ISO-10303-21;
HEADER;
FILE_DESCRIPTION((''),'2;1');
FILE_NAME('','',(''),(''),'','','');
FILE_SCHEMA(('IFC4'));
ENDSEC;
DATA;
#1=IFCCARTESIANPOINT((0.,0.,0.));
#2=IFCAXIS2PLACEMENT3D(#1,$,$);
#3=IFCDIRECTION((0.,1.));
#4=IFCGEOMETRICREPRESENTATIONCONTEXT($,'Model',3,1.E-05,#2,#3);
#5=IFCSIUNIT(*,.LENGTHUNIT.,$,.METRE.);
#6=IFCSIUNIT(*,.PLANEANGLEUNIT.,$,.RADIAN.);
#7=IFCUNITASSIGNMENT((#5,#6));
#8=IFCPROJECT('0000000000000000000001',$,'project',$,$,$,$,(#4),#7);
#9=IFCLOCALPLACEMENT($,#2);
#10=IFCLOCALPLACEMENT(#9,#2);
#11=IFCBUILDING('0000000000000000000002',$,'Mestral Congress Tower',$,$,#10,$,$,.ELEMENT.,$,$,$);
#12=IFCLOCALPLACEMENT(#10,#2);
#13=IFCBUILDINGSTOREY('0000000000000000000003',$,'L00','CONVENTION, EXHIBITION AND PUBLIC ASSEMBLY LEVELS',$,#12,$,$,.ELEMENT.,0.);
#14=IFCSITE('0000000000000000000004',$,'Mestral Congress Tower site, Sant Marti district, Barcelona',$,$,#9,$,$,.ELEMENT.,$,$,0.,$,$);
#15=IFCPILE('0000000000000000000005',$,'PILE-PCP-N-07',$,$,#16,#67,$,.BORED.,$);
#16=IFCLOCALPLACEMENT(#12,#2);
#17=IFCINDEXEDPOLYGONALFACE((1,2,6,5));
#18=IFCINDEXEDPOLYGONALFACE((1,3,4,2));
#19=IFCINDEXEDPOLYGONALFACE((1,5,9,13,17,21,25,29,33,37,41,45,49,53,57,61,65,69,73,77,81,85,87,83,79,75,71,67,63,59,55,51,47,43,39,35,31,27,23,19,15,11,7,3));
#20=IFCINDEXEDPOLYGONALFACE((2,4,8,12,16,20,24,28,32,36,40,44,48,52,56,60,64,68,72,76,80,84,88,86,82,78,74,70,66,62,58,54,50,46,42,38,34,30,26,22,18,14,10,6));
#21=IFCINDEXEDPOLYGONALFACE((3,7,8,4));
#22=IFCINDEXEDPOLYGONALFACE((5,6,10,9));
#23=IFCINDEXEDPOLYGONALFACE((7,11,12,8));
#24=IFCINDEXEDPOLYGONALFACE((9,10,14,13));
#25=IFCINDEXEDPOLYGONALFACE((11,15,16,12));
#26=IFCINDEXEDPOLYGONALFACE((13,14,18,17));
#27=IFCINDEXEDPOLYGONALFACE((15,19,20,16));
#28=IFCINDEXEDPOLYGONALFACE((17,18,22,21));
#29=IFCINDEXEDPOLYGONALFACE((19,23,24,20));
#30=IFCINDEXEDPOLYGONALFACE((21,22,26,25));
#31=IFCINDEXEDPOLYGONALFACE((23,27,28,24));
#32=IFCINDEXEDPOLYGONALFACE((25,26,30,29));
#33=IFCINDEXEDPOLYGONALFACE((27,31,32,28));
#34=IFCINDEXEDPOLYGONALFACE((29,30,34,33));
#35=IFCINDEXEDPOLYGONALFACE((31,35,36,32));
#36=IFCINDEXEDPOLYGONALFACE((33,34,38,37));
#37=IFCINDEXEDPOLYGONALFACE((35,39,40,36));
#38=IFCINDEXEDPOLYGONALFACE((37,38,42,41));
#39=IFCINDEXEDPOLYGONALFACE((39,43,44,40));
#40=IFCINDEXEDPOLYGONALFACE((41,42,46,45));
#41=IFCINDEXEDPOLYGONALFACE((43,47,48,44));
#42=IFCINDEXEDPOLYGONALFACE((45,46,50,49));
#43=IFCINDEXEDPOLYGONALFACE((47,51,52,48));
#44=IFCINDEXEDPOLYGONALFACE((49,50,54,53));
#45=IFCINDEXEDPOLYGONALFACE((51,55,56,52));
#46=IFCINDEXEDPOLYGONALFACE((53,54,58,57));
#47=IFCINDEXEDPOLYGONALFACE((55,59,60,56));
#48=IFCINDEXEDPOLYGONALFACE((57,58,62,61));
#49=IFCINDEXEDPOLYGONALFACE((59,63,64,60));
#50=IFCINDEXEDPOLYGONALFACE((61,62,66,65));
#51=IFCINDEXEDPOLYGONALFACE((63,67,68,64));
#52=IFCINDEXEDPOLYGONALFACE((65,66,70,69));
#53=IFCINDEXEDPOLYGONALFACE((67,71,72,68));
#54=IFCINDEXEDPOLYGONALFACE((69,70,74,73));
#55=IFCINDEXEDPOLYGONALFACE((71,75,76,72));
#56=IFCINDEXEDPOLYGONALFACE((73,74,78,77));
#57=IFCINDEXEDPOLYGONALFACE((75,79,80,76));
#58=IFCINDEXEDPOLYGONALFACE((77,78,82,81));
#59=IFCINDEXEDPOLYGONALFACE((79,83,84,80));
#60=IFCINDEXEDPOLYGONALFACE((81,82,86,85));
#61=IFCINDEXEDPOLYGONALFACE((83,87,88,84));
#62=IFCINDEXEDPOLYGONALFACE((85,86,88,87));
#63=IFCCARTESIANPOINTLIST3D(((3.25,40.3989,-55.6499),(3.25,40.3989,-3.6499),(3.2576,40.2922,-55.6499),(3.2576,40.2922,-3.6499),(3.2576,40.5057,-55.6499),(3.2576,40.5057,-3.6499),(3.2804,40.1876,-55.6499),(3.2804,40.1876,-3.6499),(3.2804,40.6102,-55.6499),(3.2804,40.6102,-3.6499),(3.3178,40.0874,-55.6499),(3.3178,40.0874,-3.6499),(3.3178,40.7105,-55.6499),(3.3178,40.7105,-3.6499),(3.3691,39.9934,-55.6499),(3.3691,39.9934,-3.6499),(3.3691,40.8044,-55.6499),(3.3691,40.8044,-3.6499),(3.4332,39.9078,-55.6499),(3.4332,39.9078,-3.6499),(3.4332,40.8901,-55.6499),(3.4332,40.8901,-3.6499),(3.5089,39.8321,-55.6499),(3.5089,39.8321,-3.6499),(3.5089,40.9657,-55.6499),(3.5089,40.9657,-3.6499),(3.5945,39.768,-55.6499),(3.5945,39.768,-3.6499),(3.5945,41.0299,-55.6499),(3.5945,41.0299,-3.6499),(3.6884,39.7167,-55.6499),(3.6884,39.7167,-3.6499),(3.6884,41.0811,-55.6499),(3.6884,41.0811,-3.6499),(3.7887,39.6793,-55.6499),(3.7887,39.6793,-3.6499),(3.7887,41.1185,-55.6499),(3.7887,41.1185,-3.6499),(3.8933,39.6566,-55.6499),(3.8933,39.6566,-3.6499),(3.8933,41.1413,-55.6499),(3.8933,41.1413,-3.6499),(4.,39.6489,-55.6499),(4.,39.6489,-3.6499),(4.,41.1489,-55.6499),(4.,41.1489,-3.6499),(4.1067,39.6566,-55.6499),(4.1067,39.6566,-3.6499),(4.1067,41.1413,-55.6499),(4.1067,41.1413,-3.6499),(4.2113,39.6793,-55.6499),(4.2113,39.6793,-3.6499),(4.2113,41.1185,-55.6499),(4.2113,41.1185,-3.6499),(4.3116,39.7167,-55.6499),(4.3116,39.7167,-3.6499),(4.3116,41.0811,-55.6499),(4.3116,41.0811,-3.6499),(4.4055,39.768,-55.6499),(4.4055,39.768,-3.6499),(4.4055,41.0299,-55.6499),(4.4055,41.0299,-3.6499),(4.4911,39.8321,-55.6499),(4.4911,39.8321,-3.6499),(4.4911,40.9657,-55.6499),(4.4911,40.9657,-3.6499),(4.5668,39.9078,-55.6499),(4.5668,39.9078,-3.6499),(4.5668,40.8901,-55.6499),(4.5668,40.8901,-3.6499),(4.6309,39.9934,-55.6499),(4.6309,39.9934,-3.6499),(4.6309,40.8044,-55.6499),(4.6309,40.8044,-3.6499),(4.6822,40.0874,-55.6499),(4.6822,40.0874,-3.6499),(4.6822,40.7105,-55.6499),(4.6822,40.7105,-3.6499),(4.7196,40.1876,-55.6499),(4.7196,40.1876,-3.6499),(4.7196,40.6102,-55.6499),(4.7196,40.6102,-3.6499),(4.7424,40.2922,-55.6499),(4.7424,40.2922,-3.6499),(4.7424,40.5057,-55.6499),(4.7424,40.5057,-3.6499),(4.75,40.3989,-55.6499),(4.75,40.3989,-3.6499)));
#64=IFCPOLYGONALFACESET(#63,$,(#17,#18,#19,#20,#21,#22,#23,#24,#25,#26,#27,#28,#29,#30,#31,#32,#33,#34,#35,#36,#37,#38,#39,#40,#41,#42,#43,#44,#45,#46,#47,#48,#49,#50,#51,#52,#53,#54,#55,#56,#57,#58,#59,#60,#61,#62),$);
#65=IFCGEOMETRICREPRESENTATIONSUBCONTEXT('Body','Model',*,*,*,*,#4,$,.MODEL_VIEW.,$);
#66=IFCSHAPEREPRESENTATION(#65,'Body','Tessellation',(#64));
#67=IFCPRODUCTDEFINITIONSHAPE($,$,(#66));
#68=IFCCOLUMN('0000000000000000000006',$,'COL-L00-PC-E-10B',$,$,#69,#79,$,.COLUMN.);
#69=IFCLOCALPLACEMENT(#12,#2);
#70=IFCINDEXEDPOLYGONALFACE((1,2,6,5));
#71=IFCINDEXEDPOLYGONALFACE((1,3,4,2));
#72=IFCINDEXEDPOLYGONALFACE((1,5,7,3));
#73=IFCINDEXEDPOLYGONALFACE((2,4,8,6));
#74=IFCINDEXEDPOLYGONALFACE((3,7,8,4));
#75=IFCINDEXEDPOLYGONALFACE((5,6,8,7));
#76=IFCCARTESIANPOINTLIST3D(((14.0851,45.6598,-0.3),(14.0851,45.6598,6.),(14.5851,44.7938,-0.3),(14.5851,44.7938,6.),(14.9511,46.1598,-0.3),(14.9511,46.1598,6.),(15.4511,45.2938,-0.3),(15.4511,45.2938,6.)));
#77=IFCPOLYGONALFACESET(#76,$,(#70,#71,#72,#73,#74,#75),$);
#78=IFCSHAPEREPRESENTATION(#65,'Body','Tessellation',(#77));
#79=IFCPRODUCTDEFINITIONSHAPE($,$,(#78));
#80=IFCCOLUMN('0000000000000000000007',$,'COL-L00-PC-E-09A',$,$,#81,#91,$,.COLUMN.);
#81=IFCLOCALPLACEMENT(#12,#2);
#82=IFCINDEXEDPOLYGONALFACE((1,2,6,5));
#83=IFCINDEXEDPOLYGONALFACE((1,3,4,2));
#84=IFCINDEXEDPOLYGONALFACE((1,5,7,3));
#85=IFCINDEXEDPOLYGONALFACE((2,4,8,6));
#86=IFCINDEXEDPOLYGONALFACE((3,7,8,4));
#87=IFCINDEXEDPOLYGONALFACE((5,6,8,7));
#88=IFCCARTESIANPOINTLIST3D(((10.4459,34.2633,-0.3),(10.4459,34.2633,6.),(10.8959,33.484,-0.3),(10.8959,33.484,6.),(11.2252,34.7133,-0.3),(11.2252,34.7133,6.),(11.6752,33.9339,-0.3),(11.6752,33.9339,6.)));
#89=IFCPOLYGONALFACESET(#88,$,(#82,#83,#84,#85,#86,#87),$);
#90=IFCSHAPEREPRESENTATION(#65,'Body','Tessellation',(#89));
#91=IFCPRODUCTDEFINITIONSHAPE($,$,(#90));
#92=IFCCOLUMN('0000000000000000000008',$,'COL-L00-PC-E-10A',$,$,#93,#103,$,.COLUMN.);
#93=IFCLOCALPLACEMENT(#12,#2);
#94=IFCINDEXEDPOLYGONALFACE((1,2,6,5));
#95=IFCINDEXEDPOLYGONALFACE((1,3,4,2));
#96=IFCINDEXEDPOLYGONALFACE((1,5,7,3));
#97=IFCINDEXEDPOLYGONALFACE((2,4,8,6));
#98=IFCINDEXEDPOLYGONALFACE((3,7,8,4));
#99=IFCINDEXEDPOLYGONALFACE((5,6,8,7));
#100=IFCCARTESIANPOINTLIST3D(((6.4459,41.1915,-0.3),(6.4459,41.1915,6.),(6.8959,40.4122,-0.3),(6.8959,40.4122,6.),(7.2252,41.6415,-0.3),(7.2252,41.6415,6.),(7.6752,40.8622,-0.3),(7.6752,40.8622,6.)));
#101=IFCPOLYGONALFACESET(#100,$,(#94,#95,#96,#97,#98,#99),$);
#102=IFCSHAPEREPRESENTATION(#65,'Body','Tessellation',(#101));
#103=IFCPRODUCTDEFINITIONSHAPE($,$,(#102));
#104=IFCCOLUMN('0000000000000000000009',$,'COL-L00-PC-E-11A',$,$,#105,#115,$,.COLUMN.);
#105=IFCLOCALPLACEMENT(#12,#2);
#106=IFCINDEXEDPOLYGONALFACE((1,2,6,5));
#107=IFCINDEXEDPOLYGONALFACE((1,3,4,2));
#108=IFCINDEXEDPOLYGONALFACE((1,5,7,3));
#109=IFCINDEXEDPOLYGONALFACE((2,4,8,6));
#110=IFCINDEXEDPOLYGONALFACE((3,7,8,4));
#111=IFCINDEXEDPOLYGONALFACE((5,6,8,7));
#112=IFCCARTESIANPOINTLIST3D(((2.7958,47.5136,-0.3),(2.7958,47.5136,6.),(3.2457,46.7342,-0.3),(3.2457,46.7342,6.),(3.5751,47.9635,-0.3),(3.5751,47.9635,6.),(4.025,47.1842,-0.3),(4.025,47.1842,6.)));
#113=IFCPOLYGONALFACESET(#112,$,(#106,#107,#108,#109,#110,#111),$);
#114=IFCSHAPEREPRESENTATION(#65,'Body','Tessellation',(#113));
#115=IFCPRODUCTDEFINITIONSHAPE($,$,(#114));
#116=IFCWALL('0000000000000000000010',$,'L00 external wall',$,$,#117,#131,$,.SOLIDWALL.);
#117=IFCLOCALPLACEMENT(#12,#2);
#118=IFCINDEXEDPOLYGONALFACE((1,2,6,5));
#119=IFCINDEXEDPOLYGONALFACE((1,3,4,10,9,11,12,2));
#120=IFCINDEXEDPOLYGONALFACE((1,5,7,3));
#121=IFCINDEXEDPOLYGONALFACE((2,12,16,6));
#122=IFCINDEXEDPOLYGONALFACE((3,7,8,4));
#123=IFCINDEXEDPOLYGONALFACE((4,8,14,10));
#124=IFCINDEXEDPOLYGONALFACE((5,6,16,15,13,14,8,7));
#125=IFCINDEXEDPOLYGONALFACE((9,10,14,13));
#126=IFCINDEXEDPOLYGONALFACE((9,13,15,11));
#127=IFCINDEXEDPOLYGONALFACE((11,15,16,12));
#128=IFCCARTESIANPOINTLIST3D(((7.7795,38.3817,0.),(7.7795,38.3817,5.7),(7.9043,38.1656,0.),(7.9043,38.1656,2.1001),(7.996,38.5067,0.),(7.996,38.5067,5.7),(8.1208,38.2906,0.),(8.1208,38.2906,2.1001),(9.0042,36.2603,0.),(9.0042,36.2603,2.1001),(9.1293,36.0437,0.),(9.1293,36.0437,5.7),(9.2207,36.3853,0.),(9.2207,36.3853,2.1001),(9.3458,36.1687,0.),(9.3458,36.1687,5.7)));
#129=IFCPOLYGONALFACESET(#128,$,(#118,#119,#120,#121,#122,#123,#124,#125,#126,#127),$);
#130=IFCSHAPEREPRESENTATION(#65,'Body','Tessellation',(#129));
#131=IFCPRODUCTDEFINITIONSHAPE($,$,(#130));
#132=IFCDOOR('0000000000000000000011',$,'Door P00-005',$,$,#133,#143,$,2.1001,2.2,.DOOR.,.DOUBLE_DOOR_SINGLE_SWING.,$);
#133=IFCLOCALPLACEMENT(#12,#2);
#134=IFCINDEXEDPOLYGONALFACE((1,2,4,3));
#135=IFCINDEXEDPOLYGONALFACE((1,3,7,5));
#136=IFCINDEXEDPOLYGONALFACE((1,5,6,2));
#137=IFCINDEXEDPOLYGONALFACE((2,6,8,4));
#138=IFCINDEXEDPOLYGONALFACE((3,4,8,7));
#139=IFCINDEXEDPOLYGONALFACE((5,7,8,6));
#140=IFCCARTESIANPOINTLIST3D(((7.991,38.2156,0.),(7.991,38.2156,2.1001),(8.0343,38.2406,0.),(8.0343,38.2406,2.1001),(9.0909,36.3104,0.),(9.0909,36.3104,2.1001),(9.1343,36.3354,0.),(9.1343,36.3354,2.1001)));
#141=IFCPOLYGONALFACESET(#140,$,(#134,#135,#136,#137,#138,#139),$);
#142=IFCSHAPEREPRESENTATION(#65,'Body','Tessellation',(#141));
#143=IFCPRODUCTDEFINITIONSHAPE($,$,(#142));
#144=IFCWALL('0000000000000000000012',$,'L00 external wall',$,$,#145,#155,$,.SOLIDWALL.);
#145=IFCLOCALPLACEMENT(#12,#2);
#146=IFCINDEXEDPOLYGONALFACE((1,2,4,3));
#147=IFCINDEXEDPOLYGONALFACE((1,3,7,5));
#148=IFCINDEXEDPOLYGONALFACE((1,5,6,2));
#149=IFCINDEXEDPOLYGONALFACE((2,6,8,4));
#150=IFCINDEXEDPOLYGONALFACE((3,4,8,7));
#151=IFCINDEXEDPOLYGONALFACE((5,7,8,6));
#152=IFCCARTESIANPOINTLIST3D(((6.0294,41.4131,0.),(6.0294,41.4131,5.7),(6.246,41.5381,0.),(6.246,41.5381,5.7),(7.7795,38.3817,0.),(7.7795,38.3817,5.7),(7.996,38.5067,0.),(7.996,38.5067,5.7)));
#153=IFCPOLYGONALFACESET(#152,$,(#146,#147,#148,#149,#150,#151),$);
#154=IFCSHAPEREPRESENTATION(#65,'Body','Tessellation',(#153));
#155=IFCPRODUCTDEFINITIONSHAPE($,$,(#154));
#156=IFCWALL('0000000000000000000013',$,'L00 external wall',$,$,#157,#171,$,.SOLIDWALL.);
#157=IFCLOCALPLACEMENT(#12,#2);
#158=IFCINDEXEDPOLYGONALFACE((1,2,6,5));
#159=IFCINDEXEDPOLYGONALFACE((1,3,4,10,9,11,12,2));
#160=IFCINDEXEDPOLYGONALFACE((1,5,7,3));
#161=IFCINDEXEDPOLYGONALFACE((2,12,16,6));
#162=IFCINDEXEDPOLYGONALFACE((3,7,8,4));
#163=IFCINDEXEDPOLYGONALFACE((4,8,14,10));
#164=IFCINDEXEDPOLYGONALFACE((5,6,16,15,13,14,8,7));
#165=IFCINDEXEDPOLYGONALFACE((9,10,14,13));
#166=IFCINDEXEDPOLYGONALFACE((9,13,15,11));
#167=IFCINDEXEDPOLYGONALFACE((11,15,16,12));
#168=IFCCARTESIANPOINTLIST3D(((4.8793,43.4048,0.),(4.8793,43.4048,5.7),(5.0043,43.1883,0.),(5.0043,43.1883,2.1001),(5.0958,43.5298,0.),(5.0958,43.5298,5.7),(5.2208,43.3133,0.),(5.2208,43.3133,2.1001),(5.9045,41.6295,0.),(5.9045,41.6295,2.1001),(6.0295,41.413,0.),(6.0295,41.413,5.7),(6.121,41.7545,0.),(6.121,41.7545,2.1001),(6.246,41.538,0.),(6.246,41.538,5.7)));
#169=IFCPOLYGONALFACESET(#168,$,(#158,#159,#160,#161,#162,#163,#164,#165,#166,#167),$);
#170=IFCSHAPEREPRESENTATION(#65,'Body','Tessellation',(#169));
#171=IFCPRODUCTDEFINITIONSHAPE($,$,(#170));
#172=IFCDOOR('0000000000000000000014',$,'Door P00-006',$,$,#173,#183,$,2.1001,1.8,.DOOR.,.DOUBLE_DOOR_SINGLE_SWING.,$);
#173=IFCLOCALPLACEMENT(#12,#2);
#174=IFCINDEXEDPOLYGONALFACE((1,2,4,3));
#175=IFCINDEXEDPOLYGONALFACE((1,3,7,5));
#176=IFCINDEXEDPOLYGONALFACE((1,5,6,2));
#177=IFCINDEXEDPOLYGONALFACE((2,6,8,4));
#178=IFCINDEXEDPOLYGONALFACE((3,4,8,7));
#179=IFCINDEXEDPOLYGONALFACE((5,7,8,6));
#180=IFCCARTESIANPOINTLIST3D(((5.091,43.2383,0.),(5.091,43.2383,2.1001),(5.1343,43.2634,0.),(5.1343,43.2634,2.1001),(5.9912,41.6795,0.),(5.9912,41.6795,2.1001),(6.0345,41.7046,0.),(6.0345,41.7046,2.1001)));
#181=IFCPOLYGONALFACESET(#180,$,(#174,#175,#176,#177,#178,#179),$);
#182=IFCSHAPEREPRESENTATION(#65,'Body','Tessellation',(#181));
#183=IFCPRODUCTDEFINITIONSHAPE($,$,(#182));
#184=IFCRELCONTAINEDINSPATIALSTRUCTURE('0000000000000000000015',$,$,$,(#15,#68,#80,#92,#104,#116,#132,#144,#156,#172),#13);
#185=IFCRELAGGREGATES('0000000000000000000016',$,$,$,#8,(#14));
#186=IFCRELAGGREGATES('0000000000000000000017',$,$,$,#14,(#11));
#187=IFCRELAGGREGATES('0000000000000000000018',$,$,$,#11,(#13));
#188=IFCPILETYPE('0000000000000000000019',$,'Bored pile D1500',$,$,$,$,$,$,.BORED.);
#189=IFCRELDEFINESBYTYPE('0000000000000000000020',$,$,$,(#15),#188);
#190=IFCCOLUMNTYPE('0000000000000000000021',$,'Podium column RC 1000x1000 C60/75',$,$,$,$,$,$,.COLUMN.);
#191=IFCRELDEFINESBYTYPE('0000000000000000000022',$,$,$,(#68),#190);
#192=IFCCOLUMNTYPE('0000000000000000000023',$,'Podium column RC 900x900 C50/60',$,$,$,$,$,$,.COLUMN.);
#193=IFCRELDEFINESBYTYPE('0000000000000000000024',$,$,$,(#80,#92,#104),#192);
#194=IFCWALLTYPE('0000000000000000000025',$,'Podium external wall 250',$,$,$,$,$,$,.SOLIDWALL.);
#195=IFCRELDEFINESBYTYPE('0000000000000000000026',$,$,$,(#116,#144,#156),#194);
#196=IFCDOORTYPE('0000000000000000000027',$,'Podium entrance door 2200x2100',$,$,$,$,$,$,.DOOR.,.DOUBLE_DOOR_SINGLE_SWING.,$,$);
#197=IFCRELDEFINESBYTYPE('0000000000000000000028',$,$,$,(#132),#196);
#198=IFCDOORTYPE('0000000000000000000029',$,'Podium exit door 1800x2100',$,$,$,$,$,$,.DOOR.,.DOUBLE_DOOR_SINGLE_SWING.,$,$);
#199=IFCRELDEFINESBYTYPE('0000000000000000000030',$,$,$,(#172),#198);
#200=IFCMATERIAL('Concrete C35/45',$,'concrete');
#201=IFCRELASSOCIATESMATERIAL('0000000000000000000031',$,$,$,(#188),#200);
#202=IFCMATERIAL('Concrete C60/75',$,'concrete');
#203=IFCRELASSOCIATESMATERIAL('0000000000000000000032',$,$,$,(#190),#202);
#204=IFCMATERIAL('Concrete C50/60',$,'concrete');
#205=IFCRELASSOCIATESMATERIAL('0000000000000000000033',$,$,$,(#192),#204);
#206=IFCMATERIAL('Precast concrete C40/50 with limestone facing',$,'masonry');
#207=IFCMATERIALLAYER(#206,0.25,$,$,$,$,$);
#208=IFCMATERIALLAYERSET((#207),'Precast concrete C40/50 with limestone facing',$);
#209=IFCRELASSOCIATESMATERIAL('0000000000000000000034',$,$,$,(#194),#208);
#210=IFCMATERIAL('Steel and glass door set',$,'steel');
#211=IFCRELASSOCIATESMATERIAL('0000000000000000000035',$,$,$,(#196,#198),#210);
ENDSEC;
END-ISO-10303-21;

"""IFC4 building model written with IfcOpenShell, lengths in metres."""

from ifc_helpers import new_model, si_unit, direction, frame, frame_2d, origin, origin_2d, place, context, subcontext, project, spatial, rectangle, circle, extrude, material, layer, layer_set, material_profile, profile_set, type_object, element, fill, save


model = new_model("IFC4")

# Units and contexts
model_context = context("Model", 3, precision=1e-05, world=origin(), true_north=direction((0.0, 1.0)))
body_context = subcontext(model_context, "Body", "Model", "MODEL_VIEW")
ifc_project = project(units=[si_unit("LENGTHUNIT", "METRE"), si_unit("PLANEANGLEUNIT", "RADIAN")], contexts=[model_context])

# Site, building, storey
site_placement = place(None, origin())
site = spatial("IfcSite", under=ifc_project, at=site_placement, Name="Mestral Congress Tower site, Sant Marti district, Barcelona", CompositionType="ELEMENT", RefElevation=0.0)
building_placement = place(site_placement, origin())
building = spatial("IfcBuilding", under=site, at=building_placement, Name="Mestral Congress Tower", CompositionType="ELEMENT")
storey_placement = place(building_placement, origin())
storey = spatial("IfcBuildingStorey", under=building, at=storey_placement, Name="L00", Description="CONVENTION, EXHIBITION AND PUBLIC ASSEMBLY LEVELS", CompositionType="ELEMENT", Elevation=0.0)

# Pile
ifc_material_1 = material(Name="Concrete C35/45", Category="concrete")
ifc_material_profile_1 = material_profile(ifc_material_1, circle(Radius=0.75, at=origin_2d()), Name="D1500")
ifc_profile_set_1 = profile_set([ifc_material_profile_1], Name="Concrete C35/45")
pile_type_1 = type_object("IfcPileType", Name="Bored pile D1500", PredefinedType="BORED", material=ifc_profile_set_1)
for number, where, z_axis, x_axis, name in (
    (1, (4.0, 40.3989, -3.6499), (0.0, 0.0, -1.0), (1.0, 0.0, 0.0), "PILE-PCP-N-07"),
):
    element("IfcPile", number, at=place(storey_placement, frame(where, z_axis=z_axis, x_axis=x_axis)), inside=storey, type_object=pile_type_1, Name=name, PredefinedType="BORED", context=body_context, shape_type="SweptSolid", body=[
        extrude(circle(Radius=0.75, at=origin_2d()), origin(), (0.0, 0.0, 1.0), 52.0),
    ])

# Columns
ifc_material_2 = material(Name="Concrete C60/75", Category="concrete")
ifc_material_profile_2 = material_profile(ifc_material_2, rectangle(XDim=1.0, YDim=1.0, at=origin_2d()), Name="RC 1000x1000")
ifc_profile_set_2 = profile_set([ifc_material_profile_2], Name="Concrete C60/75")
column_type_1 = type_object("IfcColumnType", Name="Podium column RC 1000x1000 C60/75", PredefinedType="COLUMN", material=ifc_profile_set_2)
column_placement = place(storey_placement, frame((14.7681, 45.4768, -0.3), z_axis=(0.0, 0.0, 1.0), x_axis=(-0.5, 0.866025, 0.0)))
element("IfcColumn", 2, at=column_placement, inside=storey, type_object=column_type_1, Name="COL-L00-PC-E-10B", PredefinedType="COLUMN", context=body_context, shape_type="SweptSolid", body=[
    extrude(rectangle(XDim=1.0, YDim=1.0, at=origin_2d()), origin(), (0.0, 0.0, 1.0), 6.3),
])
ifc_material_3 = material(Name="Concrete C50/60", Category="concrete")
ifc_material_profile_3 = material_profile(ifc_material_3, rectangle(XDim=0.8999, YDim=0.8999, at=origin_2d()), Name="RC 900x900")
ifc_profile_set_3 = profile_set([ifc_material_profile_3], Name="Concrete C50/60")
column_type_2 = type_object("IfcColumnType", Name="Podium column RC 900x900 C50/60", PredefinedType="COLUMN", material=ifc_profile_set_3)
for number, where, z_axis, x_axis, name in (
    (3, (11.0605, 34.0986, -0.3), (0.0, 0.0, 1.0), (-0.5, 0.866025, 0.0), "COL-L00-PC-E-09A"),
    (4, (7.0605, 41.0269, -0.3), (0.0, 0.0, 1.0), (-0.5, 0.866025, 0.0), "COL-L00-PC-E-10A"),
    (5, (3.4104, 47.3489, -0.3), (0.0, 0.0, 1.0), (-0.5, 0.866025, 0.0), "COL-L00-PC-E-11A"),
):
    element("IfcColumn", number, at=place(storey_placement, frame(where, z_axis=z_axis, x_axis=x_axis)), inside=storey, type_object=column_type_2, Name=name, PredefinedType="COLUMN", context=body_context, shape_type="SweptSolid", body=[
        extrude(rectangle(XDim=0.8999, YDim=0.8999, at=origin_2d()), origin(), (0.0, 0.0, 1.0), 6.3),
    ])

# Wall, opening, door
ifc_material_4 = material(Name="Precast concrete C40/50 with limestone facing", Category="masonry")
ifc_layer_1 = layer(ifc_material_4, 0.25)
ifc_layer_set_1 = layer_set([ifc_layer_1], Name="Precast concrete C40/50 with limestone facing")
wall_type_1 = type_object("IfcWallType", Name="Podium external wall 250", PredefinedType="SOLIDWALL", material=ifc_layer_set_1)
wall_1_placement = place(storey_placement, frame((9.2375, 36.1062, 0.0), z_axis=(0.0, 0.0, 1.0), x_axis=(-0.499981, 0.866037, 0.0)))
wall_1 = element("IfcWall", 6, at=wall_1_placement, inside=storey, type_object=wall_type_1, Name="L00 external wall", PredefinedType="SOLIDWALL", context=body_context, shape_type="SweptSolid", body=[
    extrude(rectangle(XDim=2.6997, YDim=0.25, at=frame_2d((1.3499, 0.0))), origin(), (0.0, 0.0, 1.0), 5.7),
])
opening_1_placement = place(wall_1_placement, frame((0.25, 0.0, 0.0)))
opening_1 = element("IfcOpeningElement", 7, at=opening_1_placement, cuts=wall_1, PredefinedType="OPENING", context=body_context, shape_type="SweptSolid", body=[
    extrude(rectangle(XDim=2.2, YDim=2.1001, at=frame_2d((1.1001, 1.05))), frame((0.0, 0.135, 0.0), z_axis=(0.0, -1.0, 0.0), x_axis=(1.0, 0.0, 0.0)), (0.0, 0.0, 1.0), 0.27),
])
ifc_material_5 = material(Name="Steel and glass door set", Category="steel")
door_type_1 = type_object("IfcDoorType", Name="Podium entrance door 2200x2100", OperationType="DOUBLE_DOOR_SINGLE_SWING", PredefinedType="DOOR", material=ifc_material_5)
door_1_placement = place(opening_1_placement, origin())
door_1 = element("IfcDoor", 8, at=door_1_placement, inside=storey, type_object=door_type_1, Name="Door P00-005", OperationType="DOUBLE_DOOR_SINGLE_SWING", OverallHeight=2.1001, OverallWidth=2.2, PredefinedType="DOOR", context=body_context, shape_type="SweptSolid", body=[
    extrude(rectangle(XDim=2.2, YDim=2.1001, at=frame_2d((1.1001, 1.05))), frame((0.0, 0.0249, 0.0), z_axis=(0.0, -1.0, 0.0), x_axis=(1.0, 0.0, 0.0)), (0.0, 0.0, 1.0), 0.05),
])
fill(opening_1, door_1)

# Wall
wall_2_placement = place(storey_placement, frame((7.8877, 38.4443, 0.0), z_axis=(0.0, 0.0, 1.0), x_axis=(-0.49998, 0.866037, 0.0)))
element("IfcWall", 9, at=wall_2_placement, inside=storey, type_object=wall_type_1, Name="L00 external wall", PredefinedType="SOLIDWALL", context=body_context, shape_type="SweptSolid", body=[
    extrude(rectangle(XDim=3.5002, YDim=0.25, at=frame_2d((1.75, 0.0))), origin(), (0.0, 0.0, 1.0), 5.7),
])

# Wall, opening, door
wall_3_placement = place(storey_placement, frame((6.1377, 41.4756, 0.0), z_axis=(0.0, 0.0, 1.0), x_axis=(-0.500078, 0.865981, 0.0)))
wall_3 = element("IfcWall", 10, at=wall_3_placement, inside=storey, type_object=wall_type_1, Name="L00 external wall", PredefinedType="SOLIDWALL", context=body_context, shape_type="SweptSolid", body=[
    extrude(rectangle(XDim=2.3, YDim=0.25, at=frame_2d((1.1499, 0.0))), origin(), (0.0, 0.0, 1.0), 5.7),
])
opening_2_placement = place(wall_3_placement, frame((0.25, 0.0, 0.0)))
opening_2 = element("IfcOpeningElement", 11, at=opening_2_placement, cuts=wall_3, PredefinedType="OPENING", context=body_context, shape_type="SweptSolid", body=[
    extrude(rectangle(XDim=1.8, YDim=2.1001, at=frame_2d((0.8999, 1.05))), frame((0.0, 0.135, 0.0), z_axis=(0.0, -1.0, 0.0), x_axis=(1.0, 0.0, 0.0)), (0.0, 0.0, 1.0), 0.27),
])
door_type_2 = type_object("IfcDoorType", Name="Podium exit door 1800x2100", OperationType="DOUBLE_DOOR_SINGLE_SWING", PredefinedType="DOOR", material=ifc_material_5)
door_2_placement = place(opening_2_placement, origin())
door_2 = element("IfcDoor", 12, at=door_2_placement, inside=storey, type_object=door_type_2, Name="Door P00-006", OperationType="DOUBLE_DOOR_SINGLE_SWING", OverallHeight=2.1001, OverallWidth=1.8, PredefinedType="DOOR", context=body_context, shape_type="SweptSolid", body=[
    extrude(rectangle(XDim=1.8, YDim=2.1001, at=frame_2d((0.8999, 1.05))), frame((0.0, 0.0249, 0.0), z_axis=(0.0, -1.0, 0.0), x_axis=(1.0, 0.0, 0.0)), (0.0, 0.0, 1.0), 0.05),
])
fill(opening_2, door_2)

save(model, "model.ifc")
